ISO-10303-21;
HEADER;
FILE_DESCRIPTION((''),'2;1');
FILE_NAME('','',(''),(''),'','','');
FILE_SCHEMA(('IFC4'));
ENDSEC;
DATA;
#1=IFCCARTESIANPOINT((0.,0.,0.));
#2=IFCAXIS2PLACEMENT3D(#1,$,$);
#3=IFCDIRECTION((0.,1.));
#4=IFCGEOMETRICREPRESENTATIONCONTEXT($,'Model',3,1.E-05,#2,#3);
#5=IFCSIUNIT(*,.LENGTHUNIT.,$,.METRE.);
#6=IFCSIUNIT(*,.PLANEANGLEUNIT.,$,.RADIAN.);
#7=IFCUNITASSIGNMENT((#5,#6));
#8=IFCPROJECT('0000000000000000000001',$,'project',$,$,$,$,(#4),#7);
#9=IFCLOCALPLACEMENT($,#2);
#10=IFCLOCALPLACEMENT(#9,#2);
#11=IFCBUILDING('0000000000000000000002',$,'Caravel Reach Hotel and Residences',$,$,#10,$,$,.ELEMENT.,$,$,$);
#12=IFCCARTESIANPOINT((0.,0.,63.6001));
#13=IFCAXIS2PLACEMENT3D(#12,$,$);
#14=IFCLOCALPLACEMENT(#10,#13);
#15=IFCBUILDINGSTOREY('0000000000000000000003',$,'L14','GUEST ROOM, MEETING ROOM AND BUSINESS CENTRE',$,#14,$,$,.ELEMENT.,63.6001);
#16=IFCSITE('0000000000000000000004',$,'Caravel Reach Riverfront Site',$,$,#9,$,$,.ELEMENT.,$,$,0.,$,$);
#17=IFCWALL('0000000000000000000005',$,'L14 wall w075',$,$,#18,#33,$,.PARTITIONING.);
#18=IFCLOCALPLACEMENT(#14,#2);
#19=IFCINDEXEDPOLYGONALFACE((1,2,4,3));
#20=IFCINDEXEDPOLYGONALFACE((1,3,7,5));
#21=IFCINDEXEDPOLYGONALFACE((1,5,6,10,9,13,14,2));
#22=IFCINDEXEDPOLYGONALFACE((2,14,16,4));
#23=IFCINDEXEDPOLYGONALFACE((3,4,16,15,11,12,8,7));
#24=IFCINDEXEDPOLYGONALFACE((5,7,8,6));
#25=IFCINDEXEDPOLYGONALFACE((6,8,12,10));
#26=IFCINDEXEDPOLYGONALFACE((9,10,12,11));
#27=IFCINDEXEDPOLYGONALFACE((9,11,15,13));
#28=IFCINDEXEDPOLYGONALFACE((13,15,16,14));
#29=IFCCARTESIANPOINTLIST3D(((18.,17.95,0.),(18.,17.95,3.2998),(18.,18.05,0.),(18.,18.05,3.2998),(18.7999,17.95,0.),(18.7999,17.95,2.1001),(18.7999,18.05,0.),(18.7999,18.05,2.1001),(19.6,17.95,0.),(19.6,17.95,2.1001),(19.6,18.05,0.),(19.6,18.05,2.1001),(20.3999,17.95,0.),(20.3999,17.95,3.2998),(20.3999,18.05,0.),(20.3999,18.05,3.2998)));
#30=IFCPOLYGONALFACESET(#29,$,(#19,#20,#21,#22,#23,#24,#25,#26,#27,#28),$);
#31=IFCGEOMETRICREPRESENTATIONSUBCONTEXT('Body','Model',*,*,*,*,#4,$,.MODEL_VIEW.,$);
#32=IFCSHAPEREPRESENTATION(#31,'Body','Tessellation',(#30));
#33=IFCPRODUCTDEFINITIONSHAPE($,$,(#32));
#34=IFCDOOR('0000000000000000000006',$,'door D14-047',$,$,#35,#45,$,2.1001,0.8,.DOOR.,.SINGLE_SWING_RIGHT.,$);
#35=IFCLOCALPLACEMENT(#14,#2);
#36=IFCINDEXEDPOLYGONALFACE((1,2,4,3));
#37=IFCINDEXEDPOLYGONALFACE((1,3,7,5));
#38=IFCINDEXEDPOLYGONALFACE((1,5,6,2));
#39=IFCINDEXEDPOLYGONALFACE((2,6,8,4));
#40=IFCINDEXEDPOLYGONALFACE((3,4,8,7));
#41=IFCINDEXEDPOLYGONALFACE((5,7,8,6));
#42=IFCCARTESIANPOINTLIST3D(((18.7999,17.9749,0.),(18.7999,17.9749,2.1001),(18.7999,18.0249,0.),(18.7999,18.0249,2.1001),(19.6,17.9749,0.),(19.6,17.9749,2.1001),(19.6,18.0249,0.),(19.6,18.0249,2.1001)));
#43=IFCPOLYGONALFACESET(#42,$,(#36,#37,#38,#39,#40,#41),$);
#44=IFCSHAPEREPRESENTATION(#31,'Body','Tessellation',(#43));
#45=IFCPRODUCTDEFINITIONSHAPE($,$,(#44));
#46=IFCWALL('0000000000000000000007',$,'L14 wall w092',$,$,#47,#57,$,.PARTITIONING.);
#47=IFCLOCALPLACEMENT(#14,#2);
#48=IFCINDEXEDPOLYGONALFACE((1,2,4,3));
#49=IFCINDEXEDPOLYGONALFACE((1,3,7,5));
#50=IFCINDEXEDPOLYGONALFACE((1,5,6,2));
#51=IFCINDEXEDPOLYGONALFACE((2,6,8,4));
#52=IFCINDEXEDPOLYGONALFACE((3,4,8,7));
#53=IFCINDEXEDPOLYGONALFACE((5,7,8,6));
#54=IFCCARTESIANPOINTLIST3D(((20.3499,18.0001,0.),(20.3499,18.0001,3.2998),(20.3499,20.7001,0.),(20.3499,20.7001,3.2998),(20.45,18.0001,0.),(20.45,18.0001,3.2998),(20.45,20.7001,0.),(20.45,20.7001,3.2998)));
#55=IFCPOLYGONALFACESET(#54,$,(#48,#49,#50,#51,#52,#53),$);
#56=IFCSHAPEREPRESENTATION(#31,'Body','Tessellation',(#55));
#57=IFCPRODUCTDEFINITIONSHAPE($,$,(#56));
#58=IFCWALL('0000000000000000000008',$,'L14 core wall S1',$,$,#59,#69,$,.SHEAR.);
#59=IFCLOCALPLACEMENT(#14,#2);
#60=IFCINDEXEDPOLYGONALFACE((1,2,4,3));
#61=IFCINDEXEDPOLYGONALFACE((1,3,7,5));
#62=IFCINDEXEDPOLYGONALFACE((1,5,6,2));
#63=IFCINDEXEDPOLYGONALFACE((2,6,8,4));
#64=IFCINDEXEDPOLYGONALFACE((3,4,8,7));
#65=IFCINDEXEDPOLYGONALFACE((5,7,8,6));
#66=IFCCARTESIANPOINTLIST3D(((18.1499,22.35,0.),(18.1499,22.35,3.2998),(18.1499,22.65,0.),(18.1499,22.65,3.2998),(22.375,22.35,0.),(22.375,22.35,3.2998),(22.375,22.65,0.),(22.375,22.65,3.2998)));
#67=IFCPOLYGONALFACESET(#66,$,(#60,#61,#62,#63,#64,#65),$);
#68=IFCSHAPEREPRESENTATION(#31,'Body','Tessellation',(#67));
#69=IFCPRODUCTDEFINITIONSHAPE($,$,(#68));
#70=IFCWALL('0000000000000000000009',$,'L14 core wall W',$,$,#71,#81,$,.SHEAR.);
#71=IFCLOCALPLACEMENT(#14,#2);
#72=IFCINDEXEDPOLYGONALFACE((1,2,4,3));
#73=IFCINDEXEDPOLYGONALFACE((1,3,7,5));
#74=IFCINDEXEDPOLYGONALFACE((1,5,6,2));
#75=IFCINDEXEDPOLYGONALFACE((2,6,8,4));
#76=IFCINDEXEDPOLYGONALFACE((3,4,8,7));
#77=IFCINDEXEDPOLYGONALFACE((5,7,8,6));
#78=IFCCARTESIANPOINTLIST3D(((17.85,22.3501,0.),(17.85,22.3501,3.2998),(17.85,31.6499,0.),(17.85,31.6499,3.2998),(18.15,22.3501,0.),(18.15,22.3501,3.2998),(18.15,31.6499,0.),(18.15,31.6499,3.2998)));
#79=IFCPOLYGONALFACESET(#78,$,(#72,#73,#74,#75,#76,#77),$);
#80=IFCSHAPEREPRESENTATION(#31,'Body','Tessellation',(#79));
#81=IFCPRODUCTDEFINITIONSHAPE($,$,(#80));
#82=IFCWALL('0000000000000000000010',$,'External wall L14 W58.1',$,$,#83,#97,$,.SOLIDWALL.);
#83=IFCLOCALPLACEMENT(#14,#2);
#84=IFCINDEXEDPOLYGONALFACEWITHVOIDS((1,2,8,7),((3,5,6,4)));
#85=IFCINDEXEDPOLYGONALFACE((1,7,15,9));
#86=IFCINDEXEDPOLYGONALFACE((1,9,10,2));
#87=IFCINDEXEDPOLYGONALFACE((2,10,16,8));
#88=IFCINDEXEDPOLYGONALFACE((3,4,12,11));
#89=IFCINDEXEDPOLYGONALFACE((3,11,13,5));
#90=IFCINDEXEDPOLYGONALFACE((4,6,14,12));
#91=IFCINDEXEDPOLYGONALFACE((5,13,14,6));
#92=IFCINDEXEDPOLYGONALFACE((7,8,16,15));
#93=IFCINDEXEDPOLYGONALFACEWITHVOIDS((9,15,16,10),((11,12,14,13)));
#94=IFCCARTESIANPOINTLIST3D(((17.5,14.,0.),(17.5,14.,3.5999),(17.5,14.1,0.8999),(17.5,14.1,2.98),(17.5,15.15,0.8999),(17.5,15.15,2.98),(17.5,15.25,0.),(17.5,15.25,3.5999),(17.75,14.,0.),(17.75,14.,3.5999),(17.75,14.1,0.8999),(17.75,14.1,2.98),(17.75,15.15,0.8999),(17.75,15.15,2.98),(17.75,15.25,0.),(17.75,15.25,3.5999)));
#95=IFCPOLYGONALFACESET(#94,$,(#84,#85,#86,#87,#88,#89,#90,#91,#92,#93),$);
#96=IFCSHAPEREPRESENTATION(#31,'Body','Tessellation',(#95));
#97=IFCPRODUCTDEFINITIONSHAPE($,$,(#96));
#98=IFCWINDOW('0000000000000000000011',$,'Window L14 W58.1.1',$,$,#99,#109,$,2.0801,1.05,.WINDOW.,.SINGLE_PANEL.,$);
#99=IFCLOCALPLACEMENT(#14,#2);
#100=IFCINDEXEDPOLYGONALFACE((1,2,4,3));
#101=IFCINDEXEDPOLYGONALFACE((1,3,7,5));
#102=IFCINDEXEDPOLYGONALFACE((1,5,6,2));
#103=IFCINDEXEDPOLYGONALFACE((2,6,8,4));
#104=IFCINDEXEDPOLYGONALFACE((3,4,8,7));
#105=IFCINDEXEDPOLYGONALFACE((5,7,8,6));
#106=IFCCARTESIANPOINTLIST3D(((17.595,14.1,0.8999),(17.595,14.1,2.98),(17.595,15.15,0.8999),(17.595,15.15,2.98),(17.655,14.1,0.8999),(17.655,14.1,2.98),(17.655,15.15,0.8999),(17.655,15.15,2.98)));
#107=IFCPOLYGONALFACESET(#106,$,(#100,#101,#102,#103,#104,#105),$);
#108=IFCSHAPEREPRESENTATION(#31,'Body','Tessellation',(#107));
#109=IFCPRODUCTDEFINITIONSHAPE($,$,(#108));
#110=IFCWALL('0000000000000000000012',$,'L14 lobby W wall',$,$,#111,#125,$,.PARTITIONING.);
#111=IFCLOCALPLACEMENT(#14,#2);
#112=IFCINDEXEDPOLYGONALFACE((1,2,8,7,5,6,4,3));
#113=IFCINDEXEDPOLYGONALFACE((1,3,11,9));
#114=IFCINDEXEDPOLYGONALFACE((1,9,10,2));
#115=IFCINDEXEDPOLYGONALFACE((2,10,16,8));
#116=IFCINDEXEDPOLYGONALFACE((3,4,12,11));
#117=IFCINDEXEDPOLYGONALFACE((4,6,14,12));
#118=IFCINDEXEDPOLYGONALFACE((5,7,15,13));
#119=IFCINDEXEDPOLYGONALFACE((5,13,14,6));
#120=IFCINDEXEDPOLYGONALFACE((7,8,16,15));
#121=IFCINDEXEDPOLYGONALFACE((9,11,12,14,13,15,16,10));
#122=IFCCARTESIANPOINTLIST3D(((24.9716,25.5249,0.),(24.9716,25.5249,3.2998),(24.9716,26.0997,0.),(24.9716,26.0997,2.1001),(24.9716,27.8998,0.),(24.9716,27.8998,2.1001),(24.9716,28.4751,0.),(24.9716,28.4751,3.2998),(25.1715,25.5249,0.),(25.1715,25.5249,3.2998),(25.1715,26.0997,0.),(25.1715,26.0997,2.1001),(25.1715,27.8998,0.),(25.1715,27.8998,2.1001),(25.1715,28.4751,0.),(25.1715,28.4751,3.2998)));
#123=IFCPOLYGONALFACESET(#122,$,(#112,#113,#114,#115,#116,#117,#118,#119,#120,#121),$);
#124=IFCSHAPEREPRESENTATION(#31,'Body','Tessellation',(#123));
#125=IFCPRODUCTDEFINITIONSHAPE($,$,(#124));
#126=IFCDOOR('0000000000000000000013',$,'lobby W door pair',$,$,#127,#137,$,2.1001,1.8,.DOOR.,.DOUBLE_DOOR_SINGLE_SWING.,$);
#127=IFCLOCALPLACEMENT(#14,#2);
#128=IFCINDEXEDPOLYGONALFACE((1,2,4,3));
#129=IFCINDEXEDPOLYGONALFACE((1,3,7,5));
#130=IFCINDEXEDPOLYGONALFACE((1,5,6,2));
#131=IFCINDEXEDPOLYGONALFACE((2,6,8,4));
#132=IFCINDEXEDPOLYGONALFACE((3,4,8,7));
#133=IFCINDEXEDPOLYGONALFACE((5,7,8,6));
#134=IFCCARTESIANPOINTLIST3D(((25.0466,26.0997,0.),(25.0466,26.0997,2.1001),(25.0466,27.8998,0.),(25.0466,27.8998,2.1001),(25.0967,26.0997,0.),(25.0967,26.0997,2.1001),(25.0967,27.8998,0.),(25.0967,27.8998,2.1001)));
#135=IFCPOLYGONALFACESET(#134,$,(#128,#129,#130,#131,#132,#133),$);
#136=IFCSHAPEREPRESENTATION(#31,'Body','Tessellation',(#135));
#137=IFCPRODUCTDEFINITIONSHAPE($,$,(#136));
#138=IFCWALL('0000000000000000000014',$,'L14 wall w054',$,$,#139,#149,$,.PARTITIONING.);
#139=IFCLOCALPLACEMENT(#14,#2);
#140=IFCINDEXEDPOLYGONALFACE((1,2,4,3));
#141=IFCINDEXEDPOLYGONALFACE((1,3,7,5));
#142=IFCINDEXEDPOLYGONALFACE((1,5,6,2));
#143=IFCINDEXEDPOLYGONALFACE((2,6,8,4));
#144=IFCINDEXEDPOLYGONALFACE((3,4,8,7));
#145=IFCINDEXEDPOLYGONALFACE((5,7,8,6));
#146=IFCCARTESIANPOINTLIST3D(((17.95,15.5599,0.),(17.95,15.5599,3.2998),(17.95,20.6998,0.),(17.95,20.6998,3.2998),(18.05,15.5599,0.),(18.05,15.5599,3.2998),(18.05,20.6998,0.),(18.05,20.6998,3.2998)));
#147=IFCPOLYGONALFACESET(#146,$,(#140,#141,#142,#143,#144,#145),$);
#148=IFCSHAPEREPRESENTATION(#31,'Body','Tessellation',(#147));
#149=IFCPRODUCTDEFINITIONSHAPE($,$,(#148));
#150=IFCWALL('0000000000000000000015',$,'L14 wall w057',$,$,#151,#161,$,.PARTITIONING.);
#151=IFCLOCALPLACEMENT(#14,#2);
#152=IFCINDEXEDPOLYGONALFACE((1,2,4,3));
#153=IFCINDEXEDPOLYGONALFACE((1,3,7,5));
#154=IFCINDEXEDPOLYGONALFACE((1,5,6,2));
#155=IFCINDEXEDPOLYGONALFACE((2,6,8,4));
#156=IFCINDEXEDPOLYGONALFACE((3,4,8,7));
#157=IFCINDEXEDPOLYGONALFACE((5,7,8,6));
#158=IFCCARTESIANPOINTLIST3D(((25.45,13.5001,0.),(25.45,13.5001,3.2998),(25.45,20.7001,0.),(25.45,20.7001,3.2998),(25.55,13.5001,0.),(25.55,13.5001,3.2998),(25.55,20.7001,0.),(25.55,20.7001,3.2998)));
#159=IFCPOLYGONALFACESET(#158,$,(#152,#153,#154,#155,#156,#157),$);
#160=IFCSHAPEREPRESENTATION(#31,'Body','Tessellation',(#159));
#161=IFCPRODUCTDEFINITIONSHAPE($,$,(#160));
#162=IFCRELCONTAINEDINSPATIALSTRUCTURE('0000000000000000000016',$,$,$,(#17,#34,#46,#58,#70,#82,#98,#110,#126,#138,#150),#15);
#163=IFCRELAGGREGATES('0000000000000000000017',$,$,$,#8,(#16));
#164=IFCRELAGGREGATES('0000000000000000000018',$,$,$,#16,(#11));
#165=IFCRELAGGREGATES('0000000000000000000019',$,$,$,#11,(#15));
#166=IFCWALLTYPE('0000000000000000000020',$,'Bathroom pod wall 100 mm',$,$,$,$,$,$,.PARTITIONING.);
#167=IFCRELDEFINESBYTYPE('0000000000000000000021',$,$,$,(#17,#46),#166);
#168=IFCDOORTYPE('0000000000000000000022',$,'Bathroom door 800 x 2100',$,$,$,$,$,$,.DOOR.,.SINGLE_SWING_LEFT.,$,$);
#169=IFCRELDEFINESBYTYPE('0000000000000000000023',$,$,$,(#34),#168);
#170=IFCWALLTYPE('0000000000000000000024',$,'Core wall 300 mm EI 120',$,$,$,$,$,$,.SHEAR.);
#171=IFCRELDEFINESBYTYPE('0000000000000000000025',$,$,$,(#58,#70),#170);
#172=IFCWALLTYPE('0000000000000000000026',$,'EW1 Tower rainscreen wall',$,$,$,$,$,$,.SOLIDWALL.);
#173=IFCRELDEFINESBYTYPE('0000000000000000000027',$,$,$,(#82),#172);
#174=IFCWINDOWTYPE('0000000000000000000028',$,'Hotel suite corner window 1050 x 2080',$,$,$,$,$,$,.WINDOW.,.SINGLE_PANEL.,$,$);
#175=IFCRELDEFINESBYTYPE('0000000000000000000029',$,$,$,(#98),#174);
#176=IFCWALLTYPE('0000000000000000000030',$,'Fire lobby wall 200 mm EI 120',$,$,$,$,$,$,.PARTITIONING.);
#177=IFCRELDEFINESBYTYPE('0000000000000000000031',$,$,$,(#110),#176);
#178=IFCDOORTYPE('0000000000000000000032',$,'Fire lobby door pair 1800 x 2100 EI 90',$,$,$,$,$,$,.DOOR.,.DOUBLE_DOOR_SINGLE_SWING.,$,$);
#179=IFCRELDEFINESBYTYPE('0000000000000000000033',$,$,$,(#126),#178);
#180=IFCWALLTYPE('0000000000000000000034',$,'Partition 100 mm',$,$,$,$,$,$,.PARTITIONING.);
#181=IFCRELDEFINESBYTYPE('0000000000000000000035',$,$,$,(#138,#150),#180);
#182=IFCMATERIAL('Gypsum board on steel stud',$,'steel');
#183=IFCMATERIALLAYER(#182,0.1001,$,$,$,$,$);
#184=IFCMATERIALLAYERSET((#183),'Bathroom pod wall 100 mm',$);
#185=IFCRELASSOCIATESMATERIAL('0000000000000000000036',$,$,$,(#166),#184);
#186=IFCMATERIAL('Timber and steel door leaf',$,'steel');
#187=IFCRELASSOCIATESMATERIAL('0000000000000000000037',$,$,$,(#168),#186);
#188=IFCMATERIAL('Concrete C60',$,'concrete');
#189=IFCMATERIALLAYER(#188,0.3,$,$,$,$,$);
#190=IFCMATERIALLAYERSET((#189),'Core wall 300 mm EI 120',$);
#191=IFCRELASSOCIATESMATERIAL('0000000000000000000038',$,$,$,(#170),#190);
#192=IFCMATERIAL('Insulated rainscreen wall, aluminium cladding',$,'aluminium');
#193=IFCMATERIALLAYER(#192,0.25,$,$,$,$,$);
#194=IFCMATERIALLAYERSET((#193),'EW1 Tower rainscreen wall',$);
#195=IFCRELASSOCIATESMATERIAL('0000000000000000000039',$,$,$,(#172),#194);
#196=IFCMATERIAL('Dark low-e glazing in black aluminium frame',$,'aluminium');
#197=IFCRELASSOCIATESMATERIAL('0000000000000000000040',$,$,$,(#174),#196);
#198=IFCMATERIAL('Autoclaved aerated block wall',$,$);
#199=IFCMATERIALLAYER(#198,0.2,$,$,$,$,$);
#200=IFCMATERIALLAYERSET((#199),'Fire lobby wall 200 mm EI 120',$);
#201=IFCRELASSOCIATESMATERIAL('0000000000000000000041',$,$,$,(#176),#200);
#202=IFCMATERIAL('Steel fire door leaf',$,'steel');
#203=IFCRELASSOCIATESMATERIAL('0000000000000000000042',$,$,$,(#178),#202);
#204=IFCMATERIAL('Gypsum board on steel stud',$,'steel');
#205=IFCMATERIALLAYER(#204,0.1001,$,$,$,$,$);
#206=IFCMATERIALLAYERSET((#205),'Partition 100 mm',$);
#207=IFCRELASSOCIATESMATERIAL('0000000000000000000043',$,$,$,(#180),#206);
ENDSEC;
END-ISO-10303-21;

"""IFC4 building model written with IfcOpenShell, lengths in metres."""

from ifc_helpers import new_model, si_unit, direction, frame, frame_2d, origin, place, context, subcontext, project, spatial, rectangle, extrude, material, layer, layer_set, type_object, element, fill, save


model = new_model("IFC4")

# Units and contexts
model_context = context("Model", 3, precision=1e-05, world=origin(), true_north=direction((0.0, 1.0)))
body_context = subcontext(model_context, "Body", "Model", "MODEL_VIEW")
ifc_project = project(units=[si_unit("LENGTHUNIT", "METRE"), si_unit("PLANEANGLEUNIT", "RADIAN")], contexts=[model_context])

# Site, building, storey
site_placement = place(None, origin())
site = spatial("IfcSite", under=ifc_project, at=site_placement, Name="Caravel Reach Riverfront Site", CompositionType="ELEMENT", RefElevation=0.0)
building_placement = place(site_placement, origin())
building = spatial("IfcBuilding", under=site, at=building_placement, Name="Caravel Reach Hotel and Residences", CompositionType="ELEMENT")
storey_placement = place(building_placement, frame((0.0, 0.0, 63.6001)))
storey = spatial("IfcBuildingStorey", under=building, at=storey_placement, Name="L14", Description="GUEST ROOM, MEETING ROOM AND BUSINESS CENTRE", CompositionType="ELEMENT", Elevation=63.6001)

# Wall, opening, door
ifc_material_1 = material(Name="Gypsum board on steel stud", Category="steel")
ifc_layer_1 = layer(ifc_material_1, 0.1001)
ifc_layer_set_1 = layer_set([ifc_layer_1], Name="Bathroom pod wall 100 mm")
wall_type_1 = type_object("IfcWallType", Name="Bathroom pod wall 100 mm", PredefinedType="PARTITIONING", material=ifc_layer_set_1)
wall_1_placement = place(storey_placement, frame((18.0, 18.0, 0.0), z_axis=(0.0, 0.0, 1.0), x_axis=(1.0, 0.0, 0.0)))
wall_1 = element("IfcWall", 1, at=wall_1_placement, inside=storey, type_object=wall_type_1, Name="L14 wall w075", PredefinedType="PARTITIONING", context=body_context, shape_type="SweptSolid", body=[
    extrude(rectangle(XDim=2.3999, YDim=0.1001, at=frame_2d((1.2, 0.0))), origin(), (0.0, 0.0, 1.0), 3.2998),
])
opening_1_placement = place(wall_1_placement, frame((0.8, 0.0, 0.0)))
opening_1 = element("IfcOpeningElement", 2, at=opening_1_placement, cuts=wall_1, PredefinedType="OPENING", context=body_context, shape_type="SweptSolid", body=[
    extrude(rectangle(XDim=0.8, YDim=2.1001, at=frame_2d((0.3999, 1.05))), frame((0.0, 0.0601, 0.0), z_axis=(0.0, -1.0, 0.0), x_axis=(1.0, 0.0, 0.0)), (0.0, 0.0, 1.0), 0.1201),
])
ifc_material_2 = material(Name="Timber and steel door leaf", Category="steel")
door_type_1 = type_object("IfcDoorType", Name="Bathroom door 800 x 2100", OperationType="SINGLE_SWING_LEFT", PredefinedType="DOOR", material=ifc_material_2)
door_1_placement = place(opening_1_placement, origin())
door_1 = element("IfcDoor", 3, at=door_1_placement, inside=storey, type_object=door_type_1, Name="door D14-047", OperationType="SINGLE_SWING_RIGHT", OverallHeight=2.1001, OverallWidth=0.8, PredefinedType="DOOR", context=body_context, shape_type="SweptSolid", body=[
    extrude(rectangle(XDim=0.8, YDim=2.1001, at=frame_2d((0.3999, 1.05))), frame((0.0, 0.0249, 0.0), z_axis=(0.0, -1.0, 0.0), x_axis=(1.0, 0.0, 0.0)), (0.0, 0.0, 1.0), 0.05),
])
fill(opening_1, door_1)

# Walls
wall_2_placement = place(storey_placement, frame((20.3999, 18.0, 0.0), z_axis=(0.0, 0.0, 1.0), x_axis=(0.0, 1.0, 0.0)))
element("IfcWall", 4, at=wall_2_placement, inside=storey, type_object=wall_type_1, Name="L14 wall w092", PredefinedType="PARTITIONING", context=body_context, shape_type="SweptSolid", body=[
    extrude(rectangle(XDim=2.7, YDim=0.1001, at=frame_2d((1.3501, 0.0))), origin(), (0.0, 0.0, 1.0), 3.2998),
])
ifc_material_3 = material(Name="Concrete C60", Category="concrete")
ifc_layer_2 = layer(ifc_material_3, 0.3)
ifc_layer_set_2 = layer_set([ifc_layer_2], Name="Core wall 300 mm EI 120")
wall_type_2 = type_object("IfcWallType", Name="Core wall 300 mm EI 120", PredefinedType="SHEAR", material=ifc_layer_set_2)
wall_3_placement = place(storey_placement, frame((18.1499, 22.5, 0.0), z_axis=(0.0, 0.0, 1.0), x_axis=(1.0, 0.0, 0.0)))
element("IfcWall", 5, at=wall_3_placement, inside=storey, type_object=wall_type_2, Name="L14 core wall S1", PredefinedType="SHEAR", context=body_context, shape_type="SweptSolid", body=[
    extrude(rectangle(XDim=4.2251, YDim=0.3, at=frame_2d((2.1125, 0.0))), origin(), (0.0, 0.0, 1.0), 3.2998),
])
wall_4_placement = place(storey_placement, frame((18.0, 22.3501, 0.0), z_axis=(0.0, 0.0, 1.0), x_axis=(0.0, 1.0, 0.0)))
element("IfcWall", 6, at=wall_4_placement, inside=storey, type_object=wall_type_2, Name="L14 core wall W", PredefinedType="SHEAR", context=body_context, shape_type="SweptSolid", body=[
    extrude(rectangle(XDim=9.2998, YDim=0.3, at=frame_2d((4.6499, 0.0))), origin(), (0.0, 0.0, 1.0), 3.2998),
])

# Wall, opening, window
ifc_material_4 = material(Name="Insulated rainscreen wall, aluminium cladding", Category="aluminium")
ifc_layer_3 = layer(ifc_material_4, 0.25)
ifc_layer_set_3 = layer_set([ifc_layer_3], Name="EW1 Tower rainscreen wall")
wall_type_3 = type_object("IfcWallType", Name="EW1 Tower rainscreen wall", PredefinedType="SOLIDWALL", material=ifc_layer_set_3)
wall_5_placement = place(storey_placement, frame((17.625, 15.25, 0.0), z_axis=(0.0, 0.0, 1.0), x_axis=(0.0, -1.0, 0.0)))
wall_5 = element("IfcWall", 7, at=wall_5_placement, inside=storey, type_object=wall_type_3, Name="External wall L14 W58.1", PredefinedType="SOLIDWALL", context=body_context, shape_type="SweptSolid", body=[
    extrude(rectangle(XDim=1.25, YDim=0.25, at=frame_2d((0.625, 0.0))), origin(), (0.0, 0.0, 1.0), 3.5999),
])
opening_2_placement = place(wall_5_placement, frame((0.1001, 0.0, 0.8999)))
opening_2 = element("IfcOpeningElement", 8, at=opening_2_placement, cuts=wall_5, PredefinedType="OPENING", context=body_context, shape_type="SweptSolid", body=[
    extrude(rectangle(XDim=1.05, YDim=2.0801, at=frame_2d((0.5249, 1.04))), frame((0.0, 0.135, 0.0), z_axis=(0.0, -1.0, 0.0), x_axis=(1.0, 0.0, 0.0)), (0.0, 0.0, 1.0), 0.27),
])
ifc_material_5 = material(Name="Dark low-e glazing in black aluminium frame", Category="aluminium")
window_type = type_object("IfcWindowType", Name="Hotel suite corner window 1050 x 2080", PartitioningType="SINGLE_PANEL", PredefinedType="WINDOW", material=ifc_material_5)
window_placement = place(opening_2_placement, origin())
window = element("IfcWindow", 9, at=window_placement, inside=storey, type_object=window_type, Name="Window L14 W58.1.1", OverallHeight=2.0801, OverallWidth=1.05, PartitioningType="SINGLE_PANEL", PredefinedType="WINDOW", context=body_context, shape_type="SweptSolid", body=[
    extrude(rectangle(XDim=1.05, YDim=2.0801, at=frame_2d((0.5249, 1.04))), frame((0.0, 0.03, 0.0), z_axis=(0.0, -1.0, 0.0), x_axis=(1.0, 0.0, 0.0)), (0.0, 0.0, 1.0), 0.0601),
])
fill(opening_2, window)

# Wall, opening, door
ifc_material_6 = material(Name="Autoclaved aerated block wall")
ifc_layer_4 = layer(ifc_material_6, 0.2)
ifc_layer_set_4 = layer_set([ifc_layer_4], Name="Fire lobby wall 200 mm EI 120")
wall_type_4 = type_object("IfcWallType", Name="Fire lobby wall 200 mm EI 120", PredefinedType="PARTITIONING", material=ifc_layer_set_4)
wall_6_placement = place(storey_placement, frame((25.0715, 25.5249, 0.0), z_axis=(0.0, 0.0, 1.0), x_axis=(0.0, 1.0, 0.0)))
wall_6 = element("IfcWall", 10, at=wall_6_placement, inside=storey, type_object=wall_type_4, Name="L14 lobby W wall", PredefinedType="PARTITIONING", context=body_context, shape_type="SweptSolid", body=[
    extrude(rectangle(XDim=2.9502, YDim=0.2, at=frame_2d((1.4751, 0.0))), origin(), (0.0, 0.0, 1.0), 3.2998),
])
opening_3_placement = place(wall_6_placement, frame((0.575, 0.0, 0.0)))
opening_3 = element("IfcOpeningElement", 11, at=opening_3_placement, cuts=wall_6, PredefinedType="OPENING", context=body_context, shape_type="SweptSolid", body=[
    extrude(rectangle(XDim=1.8, YDim=2.1001, at=frame_2d((0.8999, 1.05))), frame((0.0, 0.1099, 0.0), z_axis=(0.0, -1.0, 0.0), x_axis=(1.0, 0.0, 0.0)), (0.0, 0.0, 1.0), 0.22),
])
ifc_material_7 = material(Name="Steel fire door leaf", Category="steel")
door_type_2 = type_object("IfcDoorType", Name="Fire lobby door pair 1800 x 2100 EI 90", OperationType="DOUBLE_DOOR_SINGLE_SWING", PredefinedType="DOOR", material=ifc_material_7)
door_2_placement = place(opening_3_placement, origin())
door_2 = element("IfcDoor", 12, at=door_2_placement, inside=storey, type_object=door_type_2, Name="lobby W door pair", OperationType="DOUBLE_DOOR_SINGLE_SWING", OverallHeight=2.1001, OverallWidth=1.8, PredefinedType="DOOR", context=body_context, shape_type="SweptSolid", body=[
    extrude(rectangle(XDim=1.8, YDim=2.1001, at=frame_2d((0.8999, 1.05))), frame((0.0, 0.0249, 0.0), z_axis=(0.0, -1.0, 0.0), x_axis=(1.0, 0.0, 0.0)), (0.0, 0.0, 1.0), 0.05),
])
fill(opening_3, door_2)

# Walls
ifc_material_8 = material(Name="Gypsum board on steel stud", Category="steel")
ifc_layer_5 = layer(ifc_material_8, 0.1001)
ifc_layer_set_5 = layer_set([ifc_layer_5], Name="Partition 100 mm")
wall_type_5 = type_object("IfcWallType", Name="Partition 100 mm", PredefinedType="PARTITIONING", material=ifc_layer_set_5)
wall_7_placement = place(storey_placement, frame((18.0, 15.5601, 0.0), z_axis=(0.0, 0.0, 1.0), x_axis=(0.0, 1.0, 0.0)))
element("IfcWall", 13, at=wall_7_placement, inside=storey, type_object=wall_type_5, Name="L14 wall w054", PredefinedType="PARTITIONING", context=body_context, shape_type="SweptSolid", body=[
    extrude(rectangle(XDim=5.1399, YDim=0.1001, at=frame_2d((2.5698, 0.0))), origin(), (0.0, 0.0, 1.0), 3.2998),
])
wall_8_placement = place(storey_placement, frame((25.5, 13.5, 0.0), z_axis=(0.0, 0.0, 1.0), x_axis=(0.0, 1.0, 0.0)))
element("IfcWall", 14, at=wall_8_placement, inside=storey, type_object=wall_type_5, Name="L14 wall w057", PredefinedType="PARTITIONING", context=body_context, shape_type="SweptSolid", body=[
    extrude(rectangle(XDim=7.2, YDim=0.1001, at=frame_2d((3.6001, 0.0))), origin(), (0.0, 0.0, 1.0), 3.2998),
])

save(model, "model.ifc")
